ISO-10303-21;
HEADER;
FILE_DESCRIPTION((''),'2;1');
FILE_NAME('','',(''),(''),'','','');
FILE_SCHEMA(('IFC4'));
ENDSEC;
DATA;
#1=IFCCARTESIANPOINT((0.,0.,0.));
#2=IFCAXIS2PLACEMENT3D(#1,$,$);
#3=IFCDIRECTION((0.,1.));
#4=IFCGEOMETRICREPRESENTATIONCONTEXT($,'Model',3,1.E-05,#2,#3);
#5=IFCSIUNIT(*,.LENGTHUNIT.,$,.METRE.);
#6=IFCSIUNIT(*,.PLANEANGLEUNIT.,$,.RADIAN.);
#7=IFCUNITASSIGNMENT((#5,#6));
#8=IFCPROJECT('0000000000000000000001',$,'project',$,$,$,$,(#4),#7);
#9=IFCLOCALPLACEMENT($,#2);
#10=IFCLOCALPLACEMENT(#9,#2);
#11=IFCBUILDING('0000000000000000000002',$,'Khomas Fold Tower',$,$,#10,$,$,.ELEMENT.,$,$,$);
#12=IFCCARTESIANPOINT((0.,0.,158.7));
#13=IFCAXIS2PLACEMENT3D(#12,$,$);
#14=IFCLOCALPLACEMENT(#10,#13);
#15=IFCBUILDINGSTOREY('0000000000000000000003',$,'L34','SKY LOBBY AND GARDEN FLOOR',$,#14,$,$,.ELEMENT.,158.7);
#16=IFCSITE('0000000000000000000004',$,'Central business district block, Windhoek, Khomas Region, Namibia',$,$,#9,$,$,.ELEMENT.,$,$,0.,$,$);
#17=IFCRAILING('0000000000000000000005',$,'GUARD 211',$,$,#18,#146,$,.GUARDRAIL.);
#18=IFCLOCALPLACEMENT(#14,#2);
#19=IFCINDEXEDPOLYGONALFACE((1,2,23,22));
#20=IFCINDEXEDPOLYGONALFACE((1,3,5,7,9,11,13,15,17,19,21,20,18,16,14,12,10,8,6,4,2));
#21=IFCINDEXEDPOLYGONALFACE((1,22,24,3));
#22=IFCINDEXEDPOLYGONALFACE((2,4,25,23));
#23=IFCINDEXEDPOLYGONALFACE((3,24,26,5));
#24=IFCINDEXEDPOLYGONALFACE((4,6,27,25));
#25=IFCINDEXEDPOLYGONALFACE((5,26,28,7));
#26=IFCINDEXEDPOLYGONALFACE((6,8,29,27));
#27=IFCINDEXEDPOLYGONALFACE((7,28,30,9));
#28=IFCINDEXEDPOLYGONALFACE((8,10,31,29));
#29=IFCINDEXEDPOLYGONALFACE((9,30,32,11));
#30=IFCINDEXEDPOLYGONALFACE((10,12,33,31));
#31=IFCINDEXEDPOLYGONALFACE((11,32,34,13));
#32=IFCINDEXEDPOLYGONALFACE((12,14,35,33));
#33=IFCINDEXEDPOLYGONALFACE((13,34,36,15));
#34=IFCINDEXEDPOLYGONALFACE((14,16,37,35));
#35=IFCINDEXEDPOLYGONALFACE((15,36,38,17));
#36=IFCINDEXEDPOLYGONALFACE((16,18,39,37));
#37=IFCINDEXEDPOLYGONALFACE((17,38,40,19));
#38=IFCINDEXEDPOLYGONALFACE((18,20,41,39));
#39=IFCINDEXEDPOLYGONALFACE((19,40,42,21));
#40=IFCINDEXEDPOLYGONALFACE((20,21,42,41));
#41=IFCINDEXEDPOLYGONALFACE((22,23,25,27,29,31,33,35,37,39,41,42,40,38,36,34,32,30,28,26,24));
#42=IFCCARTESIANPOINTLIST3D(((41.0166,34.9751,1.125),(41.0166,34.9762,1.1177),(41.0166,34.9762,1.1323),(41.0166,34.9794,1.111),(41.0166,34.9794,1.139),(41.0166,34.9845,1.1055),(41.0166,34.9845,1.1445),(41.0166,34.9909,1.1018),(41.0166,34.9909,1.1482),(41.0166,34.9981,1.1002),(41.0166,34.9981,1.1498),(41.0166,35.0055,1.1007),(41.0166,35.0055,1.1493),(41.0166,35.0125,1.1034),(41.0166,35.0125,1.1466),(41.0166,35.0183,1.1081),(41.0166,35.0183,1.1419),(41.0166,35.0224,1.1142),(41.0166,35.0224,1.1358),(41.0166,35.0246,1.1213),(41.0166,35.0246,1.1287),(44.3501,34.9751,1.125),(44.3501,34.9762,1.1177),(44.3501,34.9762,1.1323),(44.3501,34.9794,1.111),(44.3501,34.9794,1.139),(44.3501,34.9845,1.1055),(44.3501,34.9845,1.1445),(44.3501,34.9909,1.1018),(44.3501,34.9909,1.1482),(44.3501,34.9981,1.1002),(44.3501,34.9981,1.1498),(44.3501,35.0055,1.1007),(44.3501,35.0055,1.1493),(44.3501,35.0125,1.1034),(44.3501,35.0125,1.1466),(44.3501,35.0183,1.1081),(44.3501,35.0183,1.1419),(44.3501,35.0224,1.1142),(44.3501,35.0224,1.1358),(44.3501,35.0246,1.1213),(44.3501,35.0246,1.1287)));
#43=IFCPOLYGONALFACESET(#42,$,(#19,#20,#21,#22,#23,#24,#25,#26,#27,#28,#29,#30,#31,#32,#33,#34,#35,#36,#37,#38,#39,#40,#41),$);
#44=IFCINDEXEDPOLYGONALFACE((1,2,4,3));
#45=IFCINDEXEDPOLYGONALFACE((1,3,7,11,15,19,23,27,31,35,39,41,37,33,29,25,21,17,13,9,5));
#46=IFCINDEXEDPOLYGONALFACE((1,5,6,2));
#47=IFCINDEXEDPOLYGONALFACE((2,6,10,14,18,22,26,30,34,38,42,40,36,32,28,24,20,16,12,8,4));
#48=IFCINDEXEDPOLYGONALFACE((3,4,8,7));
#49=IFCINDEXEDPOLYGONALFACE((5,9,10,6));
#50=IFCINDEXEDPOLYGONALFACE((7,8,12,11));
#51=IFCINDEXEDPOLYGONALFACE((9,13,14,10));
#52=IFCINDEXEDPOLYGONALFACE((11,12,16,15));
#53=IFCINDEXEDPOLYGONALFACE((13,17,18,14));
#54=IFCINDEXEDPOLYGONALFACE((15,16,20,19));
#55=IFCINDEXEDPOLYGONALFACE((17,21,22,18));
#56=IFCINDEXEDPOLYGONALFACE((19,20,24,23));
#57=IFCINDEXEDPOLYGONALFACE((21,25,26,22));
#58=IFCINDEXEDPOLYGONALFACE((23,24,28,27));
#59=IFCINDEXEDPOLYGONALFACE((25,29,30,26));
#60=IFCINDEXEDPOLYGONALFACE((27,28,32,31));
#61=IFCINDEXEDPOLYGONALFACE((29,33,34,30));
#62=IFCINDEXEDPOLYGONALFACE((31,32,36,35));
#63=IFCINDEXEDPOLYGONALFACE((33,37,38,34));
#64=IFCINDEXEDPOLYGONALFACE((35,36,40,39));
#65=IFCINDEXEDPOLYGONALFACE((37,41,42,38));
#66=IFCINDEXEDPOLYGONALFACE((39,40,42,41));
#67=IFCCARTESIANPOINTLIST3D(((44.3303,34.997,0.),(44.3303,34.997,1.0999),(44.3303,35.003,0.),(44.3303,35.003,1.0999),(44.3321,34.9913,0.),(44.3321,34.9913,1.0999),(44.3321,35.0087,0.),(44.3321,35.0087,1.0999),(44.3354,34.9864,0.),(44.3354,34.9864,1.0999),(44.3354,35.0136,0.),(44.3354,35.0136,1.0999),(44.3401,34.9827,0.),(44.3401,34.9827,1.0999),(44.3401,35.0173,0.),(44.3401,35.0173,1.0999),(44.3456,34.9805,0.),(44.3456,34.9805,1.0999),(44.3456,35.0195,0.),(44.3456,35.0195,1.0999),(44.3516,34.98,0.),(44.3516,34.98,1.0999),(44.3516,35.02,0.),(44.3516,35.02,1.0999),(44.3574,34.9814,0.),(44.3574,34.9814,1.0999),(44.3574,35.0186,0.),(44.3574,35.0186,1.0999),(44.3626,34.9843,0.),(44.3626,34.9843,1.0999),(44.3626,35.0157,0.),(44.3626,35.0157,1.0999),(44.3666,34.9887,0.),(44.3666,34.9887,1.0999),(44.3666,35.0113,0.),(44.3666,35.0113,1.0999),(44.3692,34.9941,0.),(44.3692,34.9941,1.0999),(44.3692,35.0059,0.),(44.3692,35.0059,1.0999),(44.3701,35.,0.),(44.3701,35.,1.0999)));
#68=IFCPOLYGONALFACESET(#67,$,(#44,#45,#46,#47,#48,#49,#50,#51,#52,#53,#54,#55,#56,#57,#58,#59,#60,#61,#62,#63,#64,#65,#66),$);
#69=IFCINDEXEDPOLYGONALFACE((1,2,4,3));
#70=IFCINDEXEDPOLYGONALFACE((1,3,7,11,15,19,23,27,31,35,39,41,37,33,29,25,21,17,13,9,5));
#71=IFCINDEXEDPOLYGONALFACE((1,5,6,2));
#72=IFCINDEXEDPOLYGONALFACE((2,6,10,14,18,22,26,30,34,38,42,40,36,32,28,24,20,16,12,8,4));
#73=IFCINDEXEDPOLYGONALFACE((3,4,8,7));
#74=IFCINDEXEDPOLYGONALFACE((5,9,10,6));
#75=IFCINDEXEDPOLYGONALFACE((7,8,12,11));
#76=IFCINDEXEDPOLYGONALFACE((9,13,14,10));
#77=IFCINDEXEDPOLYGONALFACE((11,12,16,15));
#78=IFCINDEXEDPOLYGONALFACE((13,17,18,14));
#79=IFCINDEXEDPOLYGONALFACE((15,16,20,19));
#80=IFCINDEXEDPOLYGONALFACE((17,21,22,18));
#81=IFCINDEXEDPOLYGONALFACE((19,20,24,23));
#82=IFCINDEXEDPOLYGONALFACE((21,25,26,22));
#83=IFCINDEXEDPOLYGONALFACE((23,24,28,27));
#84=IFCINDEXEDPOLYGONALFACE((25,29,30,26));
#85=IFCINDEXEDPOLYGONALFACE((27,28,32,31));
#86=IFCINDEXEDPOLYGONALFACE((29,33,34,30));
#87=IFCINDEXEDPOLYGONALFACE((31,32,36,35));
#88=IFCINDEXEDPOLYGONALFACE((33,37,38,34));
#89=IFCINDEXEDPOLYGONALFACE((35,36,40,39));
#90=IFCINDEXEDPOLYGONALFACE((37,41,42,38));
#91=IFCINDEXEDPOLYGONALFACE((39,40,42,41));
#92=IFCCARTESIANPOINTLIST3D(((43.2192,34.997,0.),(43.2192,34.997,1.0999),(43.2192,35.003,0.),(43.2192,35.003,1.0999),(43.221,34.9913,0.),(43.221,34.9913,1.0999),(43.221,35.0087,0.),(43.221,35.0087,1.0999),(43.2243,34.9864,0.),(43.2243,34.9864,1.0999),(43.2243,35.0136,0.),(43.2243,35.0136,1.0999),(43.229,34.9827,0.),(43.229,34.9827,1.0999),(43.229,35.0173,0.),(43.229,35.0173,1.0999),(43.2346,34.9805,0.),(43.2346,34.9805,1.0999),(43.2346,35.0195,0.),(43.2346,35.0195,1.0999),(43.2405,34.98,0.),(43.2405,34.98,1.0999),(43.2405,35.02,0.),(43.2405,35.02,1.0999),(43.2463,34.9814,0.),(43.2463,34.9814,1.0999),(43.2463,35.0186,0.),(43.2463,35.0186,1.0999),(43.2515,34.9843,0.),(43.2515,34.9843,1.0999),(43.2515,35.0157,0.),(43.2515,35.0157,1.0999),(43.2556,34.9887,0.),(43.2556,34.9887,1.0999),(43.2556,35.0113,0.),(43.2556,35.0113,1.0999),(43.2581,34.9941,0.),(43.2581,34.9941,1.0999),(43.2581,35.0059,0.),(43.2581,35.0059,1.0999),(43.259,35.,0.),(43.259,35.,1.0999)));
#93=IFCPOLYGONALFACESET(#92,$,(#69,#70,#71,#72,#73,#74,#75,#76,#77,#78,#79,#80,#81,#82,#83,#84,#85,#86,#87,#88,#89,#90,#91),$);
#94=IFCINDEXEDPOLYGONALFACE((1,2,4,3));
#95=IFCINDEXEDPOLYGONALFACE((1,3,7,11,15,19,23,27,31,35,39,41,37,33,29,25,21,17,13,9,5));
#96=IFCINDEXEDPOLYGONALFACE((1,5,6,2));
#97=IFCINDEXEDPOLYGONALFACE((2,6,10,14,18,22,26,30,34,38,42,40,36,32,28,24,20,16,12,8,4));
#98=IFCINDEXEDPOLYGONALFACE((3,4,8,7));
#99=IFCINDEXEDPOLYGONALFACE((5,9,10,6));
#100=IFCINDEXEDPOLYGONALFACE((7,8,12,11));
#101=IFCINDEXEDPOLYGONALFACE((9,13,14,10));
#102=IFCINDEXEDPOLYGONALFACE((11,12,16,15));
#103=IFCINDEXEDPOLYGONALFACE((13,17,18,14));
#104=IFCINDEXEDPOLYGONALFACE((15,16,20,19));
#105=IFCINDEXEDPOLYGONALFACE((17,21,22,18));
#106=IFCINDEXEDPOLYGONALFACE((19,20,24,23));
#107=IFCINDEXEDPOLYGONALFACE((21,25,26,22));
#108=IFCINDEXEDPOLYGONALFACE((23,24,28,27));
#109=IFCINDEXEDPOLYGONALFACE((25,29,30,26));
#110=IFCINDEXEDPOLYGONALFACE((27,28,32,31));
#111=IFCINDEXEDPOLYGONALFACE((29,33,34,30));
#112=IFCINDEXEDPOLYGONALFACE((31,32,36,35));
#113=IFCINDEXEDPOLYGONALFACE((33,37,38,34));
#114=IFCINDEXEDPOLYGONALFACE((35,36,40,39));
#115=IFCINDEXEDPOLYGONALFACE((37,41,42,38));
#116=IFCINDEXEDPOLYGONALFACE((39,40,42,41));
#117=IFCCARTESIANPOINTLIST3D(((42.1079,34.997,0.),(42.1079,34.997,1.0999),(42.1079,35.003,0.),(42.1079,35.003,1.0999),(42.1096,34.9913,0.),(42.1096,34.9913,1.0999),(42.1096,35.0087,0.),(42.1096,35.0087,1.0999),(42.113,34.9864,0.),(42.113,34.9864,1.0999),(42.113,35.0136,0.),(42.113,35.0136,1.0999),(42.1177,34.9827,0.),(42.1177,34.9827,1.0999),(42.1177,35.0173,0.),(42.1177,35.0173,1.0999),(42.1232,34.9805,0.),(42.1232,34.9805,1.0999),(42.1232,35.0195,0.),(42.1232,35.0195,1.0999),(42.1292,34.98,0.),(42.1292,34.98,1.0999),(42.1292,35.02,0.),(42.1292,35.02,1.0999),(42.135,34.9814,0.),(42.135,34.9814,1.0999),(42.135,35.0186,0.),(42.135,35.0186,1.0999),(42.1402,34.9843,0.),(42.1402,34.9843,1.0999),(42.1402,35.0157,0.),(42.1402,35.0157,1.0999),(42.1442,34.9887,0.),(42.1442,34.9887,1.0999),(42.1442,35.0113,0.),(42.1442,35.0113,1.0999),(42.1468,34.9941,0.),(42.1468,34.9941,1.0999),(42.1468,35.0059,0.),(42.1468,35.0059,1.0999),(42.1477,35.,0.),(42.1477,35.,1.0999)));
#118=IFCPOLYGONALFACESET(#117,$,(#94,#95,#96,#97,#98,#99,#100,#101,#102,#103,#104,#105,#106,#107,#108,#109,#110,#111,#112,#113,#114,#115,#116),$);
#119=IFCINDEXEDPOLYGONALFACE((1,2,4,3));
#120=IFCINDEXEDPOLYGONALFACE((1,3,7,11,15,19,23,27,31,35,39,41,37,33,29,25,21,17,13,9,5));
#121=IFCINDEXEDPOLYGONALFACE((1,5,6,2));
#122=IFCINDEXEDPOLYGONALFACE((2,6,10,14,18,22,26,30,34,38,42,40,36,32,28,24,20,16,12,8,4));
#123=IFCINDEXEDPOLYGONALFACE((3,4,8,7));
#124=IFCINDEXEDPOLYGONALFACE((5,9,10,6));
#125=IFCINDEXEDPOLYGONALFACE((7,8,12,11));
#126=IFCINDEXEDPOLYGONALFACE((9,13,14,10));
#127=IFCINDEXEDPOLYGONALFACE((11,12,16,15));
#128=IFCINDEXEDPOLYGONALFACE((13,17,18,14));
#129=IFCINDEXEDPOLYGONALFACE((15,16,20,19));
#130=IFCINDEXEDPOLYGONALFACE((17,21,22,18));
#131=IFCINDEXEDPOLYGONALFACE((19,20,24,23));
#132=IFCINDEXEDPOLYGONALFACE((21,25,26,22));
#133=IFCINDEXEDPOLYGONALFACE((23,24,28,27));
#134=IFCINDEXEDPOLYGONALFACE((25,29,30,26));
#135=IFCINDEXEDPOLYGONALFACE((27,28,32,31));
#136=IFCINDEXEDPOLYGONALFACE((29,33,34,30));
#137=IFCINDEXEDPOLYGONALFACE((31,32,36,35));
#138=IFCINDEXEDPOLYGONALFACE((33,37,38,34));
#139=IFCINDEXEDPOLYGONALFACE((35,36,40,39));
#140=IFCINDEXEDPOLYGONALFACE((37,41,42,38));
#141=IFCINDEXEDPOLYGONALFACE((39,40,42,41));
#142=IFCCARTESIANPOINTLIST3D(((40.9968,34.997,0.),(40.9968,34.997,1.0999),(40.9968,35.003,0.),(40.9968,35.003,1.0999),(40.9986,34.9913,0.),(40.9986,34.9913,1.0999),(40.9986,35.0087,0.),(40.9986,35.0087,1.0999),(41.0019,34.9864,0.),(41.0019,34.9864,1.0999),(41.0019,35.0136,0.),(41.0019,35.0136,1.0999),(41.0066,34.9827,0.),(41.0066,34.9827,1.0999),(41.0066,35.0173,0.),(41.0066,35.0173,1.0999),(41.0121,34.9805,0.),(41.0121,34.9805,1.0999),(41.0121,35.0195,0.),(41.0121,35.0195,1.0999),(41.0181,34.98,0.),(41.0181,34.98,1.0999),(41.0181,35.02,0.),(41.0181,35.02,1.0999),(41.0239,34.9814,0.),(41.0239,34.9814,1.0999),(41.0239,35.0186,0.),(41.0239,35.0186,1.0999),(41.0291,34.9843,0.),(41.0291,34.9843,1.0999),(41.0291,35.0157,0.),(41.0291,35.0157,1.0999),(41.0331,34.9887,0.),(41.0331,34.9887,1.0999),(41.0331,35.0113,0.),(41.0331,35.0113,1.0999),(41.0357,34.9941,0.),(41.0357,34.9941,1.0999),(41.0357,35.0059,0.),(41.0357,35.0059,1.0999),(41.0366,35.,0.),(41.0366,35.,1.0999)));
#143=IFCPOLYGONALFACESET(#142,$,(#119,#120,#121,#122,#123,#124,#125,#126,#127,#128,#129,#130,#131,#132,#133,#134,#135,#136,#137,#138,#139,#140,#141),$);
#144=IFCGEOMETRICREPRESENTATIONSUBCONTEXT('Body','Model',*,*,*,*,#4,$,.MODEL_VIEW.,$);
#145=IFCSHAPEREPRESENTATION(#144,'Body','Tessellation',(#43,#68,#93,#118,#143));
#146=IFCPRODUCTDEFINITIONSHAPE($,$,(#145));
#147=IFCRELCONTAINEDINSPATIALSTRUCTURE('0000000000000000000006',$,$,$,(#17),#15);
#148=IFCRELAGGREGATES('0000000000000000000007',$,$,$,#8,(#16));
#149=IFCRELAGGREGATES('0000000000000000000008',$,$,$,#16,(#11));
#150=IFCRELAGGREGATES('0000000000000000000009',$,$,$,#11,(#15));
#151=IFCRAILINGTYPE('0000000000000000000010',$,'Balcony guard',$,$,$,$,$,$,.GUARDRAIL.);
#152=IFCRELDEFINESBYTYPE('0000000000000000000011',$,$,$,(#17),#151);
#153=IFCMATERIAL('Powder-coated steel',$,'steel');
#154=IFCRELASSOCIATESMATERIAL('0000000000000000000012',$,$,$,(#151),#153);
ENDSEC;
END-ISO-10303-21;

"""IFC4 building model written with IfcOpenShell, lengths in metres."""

from ifc_helpers import new_model, si_unit, direction, frame, origin, origin_2d, place, context, subcontext, project, spatial, circle, extrude, source, transform, mapped, material, type_object, element, save


model = new_model("IFC4")

# Units and contexts
model_context = context("Model", 3, precision=1e-05, world=origin(), true_north=direction((0.0, 1.0)))
body_context = subcontext(model_context, "Body", "Model", "MODEL_VIEW")
ifc_project = project(units=[si_unit("LENGTHUNIT", "METRE"), si_unit("PLANEANGLEUNIT", "RADIAN")], contexts=[model_context])

# Site, building, storey
site_placement = place(None, origin())
site = spatial("IfcSite", under=ifc_project, at=site_placement, Name="Central business district block, Windhoek, Khomas Region, Namibia", CompositionType="ELEMENT", RefElevation=0.0)
building_placement = place(site_placement, origin())
building = spatial("IfcBuilding", under=site, at=building_placement, Name="Khomas Fold Tower", CompositionType="ELEMENT")
storey_placement = place(building_placement, frame((0.0, 0.0, 158.7)))
storey = spatial("IfcBuildingStorey", under=building, at=storey_placement, Name="L34", Description="SKY LOBBY AND GARDEN FLOOR", CompositionType="ELEMENT", Elevation=158.7)

# Railing
ifc_material_1 = material(Name="Powder-coated steel", Category="steel")
railing_type = type_object("IfcRailingType", Name="Balcony guard", PredefinedType="GUARDRAIL", material=ifc_material_1)
shared_shape_1 = source(origin(), body_context, "Body", "SweptSolid", [
    extrude(circle(Radius=0.0249, at=origin_2d()), frame((0.0, 0.0, 1.125), z_axis=(-1.0, 0.0, 0.0), x_axis=(0.0, -1.0, 0.0)), (0.0, 0.0, 1.0), 3.3335),
    extrude(circle(Radius=0.02, at=origin_2d()), origin(), (0.0, 0.0, 1.0), 1.0999),
    extrude(circle(Radius=0.02, at=origin_2d()), frame((-1.1111, 0.0, 0.0)), (0.0, 0.0, 1.0), 1.0999),
    extrude(circle(Radius=0.02, at=origin_2d()), frame((-2.2224, 0.0, 0.0)), (0.0, 0.0, 1.0), 1.0999),
    extrude(circle(Radius=0.02, at=origin_2d()), frame((-3.3335, 0.0, 0.0)), (0.0, 0.0, 1.0), 1.0999),
])
for number, where, name in (
    (1, (44.3501, 35.0, 0.0), "GUARD 211"),
):
    element("IfcRailing", number, at=place(storey_placement, frame(where)), inside=storey, type_object=railing_type, Name=name, PredefinedType="GUARDRAIL", context=body_context, shape_type="MappedRepresentation", body=[
        mapped(shared_shape_1, transform((0.0, 0.0, 0.0))),
    ])

save(model, "model.ifc")
